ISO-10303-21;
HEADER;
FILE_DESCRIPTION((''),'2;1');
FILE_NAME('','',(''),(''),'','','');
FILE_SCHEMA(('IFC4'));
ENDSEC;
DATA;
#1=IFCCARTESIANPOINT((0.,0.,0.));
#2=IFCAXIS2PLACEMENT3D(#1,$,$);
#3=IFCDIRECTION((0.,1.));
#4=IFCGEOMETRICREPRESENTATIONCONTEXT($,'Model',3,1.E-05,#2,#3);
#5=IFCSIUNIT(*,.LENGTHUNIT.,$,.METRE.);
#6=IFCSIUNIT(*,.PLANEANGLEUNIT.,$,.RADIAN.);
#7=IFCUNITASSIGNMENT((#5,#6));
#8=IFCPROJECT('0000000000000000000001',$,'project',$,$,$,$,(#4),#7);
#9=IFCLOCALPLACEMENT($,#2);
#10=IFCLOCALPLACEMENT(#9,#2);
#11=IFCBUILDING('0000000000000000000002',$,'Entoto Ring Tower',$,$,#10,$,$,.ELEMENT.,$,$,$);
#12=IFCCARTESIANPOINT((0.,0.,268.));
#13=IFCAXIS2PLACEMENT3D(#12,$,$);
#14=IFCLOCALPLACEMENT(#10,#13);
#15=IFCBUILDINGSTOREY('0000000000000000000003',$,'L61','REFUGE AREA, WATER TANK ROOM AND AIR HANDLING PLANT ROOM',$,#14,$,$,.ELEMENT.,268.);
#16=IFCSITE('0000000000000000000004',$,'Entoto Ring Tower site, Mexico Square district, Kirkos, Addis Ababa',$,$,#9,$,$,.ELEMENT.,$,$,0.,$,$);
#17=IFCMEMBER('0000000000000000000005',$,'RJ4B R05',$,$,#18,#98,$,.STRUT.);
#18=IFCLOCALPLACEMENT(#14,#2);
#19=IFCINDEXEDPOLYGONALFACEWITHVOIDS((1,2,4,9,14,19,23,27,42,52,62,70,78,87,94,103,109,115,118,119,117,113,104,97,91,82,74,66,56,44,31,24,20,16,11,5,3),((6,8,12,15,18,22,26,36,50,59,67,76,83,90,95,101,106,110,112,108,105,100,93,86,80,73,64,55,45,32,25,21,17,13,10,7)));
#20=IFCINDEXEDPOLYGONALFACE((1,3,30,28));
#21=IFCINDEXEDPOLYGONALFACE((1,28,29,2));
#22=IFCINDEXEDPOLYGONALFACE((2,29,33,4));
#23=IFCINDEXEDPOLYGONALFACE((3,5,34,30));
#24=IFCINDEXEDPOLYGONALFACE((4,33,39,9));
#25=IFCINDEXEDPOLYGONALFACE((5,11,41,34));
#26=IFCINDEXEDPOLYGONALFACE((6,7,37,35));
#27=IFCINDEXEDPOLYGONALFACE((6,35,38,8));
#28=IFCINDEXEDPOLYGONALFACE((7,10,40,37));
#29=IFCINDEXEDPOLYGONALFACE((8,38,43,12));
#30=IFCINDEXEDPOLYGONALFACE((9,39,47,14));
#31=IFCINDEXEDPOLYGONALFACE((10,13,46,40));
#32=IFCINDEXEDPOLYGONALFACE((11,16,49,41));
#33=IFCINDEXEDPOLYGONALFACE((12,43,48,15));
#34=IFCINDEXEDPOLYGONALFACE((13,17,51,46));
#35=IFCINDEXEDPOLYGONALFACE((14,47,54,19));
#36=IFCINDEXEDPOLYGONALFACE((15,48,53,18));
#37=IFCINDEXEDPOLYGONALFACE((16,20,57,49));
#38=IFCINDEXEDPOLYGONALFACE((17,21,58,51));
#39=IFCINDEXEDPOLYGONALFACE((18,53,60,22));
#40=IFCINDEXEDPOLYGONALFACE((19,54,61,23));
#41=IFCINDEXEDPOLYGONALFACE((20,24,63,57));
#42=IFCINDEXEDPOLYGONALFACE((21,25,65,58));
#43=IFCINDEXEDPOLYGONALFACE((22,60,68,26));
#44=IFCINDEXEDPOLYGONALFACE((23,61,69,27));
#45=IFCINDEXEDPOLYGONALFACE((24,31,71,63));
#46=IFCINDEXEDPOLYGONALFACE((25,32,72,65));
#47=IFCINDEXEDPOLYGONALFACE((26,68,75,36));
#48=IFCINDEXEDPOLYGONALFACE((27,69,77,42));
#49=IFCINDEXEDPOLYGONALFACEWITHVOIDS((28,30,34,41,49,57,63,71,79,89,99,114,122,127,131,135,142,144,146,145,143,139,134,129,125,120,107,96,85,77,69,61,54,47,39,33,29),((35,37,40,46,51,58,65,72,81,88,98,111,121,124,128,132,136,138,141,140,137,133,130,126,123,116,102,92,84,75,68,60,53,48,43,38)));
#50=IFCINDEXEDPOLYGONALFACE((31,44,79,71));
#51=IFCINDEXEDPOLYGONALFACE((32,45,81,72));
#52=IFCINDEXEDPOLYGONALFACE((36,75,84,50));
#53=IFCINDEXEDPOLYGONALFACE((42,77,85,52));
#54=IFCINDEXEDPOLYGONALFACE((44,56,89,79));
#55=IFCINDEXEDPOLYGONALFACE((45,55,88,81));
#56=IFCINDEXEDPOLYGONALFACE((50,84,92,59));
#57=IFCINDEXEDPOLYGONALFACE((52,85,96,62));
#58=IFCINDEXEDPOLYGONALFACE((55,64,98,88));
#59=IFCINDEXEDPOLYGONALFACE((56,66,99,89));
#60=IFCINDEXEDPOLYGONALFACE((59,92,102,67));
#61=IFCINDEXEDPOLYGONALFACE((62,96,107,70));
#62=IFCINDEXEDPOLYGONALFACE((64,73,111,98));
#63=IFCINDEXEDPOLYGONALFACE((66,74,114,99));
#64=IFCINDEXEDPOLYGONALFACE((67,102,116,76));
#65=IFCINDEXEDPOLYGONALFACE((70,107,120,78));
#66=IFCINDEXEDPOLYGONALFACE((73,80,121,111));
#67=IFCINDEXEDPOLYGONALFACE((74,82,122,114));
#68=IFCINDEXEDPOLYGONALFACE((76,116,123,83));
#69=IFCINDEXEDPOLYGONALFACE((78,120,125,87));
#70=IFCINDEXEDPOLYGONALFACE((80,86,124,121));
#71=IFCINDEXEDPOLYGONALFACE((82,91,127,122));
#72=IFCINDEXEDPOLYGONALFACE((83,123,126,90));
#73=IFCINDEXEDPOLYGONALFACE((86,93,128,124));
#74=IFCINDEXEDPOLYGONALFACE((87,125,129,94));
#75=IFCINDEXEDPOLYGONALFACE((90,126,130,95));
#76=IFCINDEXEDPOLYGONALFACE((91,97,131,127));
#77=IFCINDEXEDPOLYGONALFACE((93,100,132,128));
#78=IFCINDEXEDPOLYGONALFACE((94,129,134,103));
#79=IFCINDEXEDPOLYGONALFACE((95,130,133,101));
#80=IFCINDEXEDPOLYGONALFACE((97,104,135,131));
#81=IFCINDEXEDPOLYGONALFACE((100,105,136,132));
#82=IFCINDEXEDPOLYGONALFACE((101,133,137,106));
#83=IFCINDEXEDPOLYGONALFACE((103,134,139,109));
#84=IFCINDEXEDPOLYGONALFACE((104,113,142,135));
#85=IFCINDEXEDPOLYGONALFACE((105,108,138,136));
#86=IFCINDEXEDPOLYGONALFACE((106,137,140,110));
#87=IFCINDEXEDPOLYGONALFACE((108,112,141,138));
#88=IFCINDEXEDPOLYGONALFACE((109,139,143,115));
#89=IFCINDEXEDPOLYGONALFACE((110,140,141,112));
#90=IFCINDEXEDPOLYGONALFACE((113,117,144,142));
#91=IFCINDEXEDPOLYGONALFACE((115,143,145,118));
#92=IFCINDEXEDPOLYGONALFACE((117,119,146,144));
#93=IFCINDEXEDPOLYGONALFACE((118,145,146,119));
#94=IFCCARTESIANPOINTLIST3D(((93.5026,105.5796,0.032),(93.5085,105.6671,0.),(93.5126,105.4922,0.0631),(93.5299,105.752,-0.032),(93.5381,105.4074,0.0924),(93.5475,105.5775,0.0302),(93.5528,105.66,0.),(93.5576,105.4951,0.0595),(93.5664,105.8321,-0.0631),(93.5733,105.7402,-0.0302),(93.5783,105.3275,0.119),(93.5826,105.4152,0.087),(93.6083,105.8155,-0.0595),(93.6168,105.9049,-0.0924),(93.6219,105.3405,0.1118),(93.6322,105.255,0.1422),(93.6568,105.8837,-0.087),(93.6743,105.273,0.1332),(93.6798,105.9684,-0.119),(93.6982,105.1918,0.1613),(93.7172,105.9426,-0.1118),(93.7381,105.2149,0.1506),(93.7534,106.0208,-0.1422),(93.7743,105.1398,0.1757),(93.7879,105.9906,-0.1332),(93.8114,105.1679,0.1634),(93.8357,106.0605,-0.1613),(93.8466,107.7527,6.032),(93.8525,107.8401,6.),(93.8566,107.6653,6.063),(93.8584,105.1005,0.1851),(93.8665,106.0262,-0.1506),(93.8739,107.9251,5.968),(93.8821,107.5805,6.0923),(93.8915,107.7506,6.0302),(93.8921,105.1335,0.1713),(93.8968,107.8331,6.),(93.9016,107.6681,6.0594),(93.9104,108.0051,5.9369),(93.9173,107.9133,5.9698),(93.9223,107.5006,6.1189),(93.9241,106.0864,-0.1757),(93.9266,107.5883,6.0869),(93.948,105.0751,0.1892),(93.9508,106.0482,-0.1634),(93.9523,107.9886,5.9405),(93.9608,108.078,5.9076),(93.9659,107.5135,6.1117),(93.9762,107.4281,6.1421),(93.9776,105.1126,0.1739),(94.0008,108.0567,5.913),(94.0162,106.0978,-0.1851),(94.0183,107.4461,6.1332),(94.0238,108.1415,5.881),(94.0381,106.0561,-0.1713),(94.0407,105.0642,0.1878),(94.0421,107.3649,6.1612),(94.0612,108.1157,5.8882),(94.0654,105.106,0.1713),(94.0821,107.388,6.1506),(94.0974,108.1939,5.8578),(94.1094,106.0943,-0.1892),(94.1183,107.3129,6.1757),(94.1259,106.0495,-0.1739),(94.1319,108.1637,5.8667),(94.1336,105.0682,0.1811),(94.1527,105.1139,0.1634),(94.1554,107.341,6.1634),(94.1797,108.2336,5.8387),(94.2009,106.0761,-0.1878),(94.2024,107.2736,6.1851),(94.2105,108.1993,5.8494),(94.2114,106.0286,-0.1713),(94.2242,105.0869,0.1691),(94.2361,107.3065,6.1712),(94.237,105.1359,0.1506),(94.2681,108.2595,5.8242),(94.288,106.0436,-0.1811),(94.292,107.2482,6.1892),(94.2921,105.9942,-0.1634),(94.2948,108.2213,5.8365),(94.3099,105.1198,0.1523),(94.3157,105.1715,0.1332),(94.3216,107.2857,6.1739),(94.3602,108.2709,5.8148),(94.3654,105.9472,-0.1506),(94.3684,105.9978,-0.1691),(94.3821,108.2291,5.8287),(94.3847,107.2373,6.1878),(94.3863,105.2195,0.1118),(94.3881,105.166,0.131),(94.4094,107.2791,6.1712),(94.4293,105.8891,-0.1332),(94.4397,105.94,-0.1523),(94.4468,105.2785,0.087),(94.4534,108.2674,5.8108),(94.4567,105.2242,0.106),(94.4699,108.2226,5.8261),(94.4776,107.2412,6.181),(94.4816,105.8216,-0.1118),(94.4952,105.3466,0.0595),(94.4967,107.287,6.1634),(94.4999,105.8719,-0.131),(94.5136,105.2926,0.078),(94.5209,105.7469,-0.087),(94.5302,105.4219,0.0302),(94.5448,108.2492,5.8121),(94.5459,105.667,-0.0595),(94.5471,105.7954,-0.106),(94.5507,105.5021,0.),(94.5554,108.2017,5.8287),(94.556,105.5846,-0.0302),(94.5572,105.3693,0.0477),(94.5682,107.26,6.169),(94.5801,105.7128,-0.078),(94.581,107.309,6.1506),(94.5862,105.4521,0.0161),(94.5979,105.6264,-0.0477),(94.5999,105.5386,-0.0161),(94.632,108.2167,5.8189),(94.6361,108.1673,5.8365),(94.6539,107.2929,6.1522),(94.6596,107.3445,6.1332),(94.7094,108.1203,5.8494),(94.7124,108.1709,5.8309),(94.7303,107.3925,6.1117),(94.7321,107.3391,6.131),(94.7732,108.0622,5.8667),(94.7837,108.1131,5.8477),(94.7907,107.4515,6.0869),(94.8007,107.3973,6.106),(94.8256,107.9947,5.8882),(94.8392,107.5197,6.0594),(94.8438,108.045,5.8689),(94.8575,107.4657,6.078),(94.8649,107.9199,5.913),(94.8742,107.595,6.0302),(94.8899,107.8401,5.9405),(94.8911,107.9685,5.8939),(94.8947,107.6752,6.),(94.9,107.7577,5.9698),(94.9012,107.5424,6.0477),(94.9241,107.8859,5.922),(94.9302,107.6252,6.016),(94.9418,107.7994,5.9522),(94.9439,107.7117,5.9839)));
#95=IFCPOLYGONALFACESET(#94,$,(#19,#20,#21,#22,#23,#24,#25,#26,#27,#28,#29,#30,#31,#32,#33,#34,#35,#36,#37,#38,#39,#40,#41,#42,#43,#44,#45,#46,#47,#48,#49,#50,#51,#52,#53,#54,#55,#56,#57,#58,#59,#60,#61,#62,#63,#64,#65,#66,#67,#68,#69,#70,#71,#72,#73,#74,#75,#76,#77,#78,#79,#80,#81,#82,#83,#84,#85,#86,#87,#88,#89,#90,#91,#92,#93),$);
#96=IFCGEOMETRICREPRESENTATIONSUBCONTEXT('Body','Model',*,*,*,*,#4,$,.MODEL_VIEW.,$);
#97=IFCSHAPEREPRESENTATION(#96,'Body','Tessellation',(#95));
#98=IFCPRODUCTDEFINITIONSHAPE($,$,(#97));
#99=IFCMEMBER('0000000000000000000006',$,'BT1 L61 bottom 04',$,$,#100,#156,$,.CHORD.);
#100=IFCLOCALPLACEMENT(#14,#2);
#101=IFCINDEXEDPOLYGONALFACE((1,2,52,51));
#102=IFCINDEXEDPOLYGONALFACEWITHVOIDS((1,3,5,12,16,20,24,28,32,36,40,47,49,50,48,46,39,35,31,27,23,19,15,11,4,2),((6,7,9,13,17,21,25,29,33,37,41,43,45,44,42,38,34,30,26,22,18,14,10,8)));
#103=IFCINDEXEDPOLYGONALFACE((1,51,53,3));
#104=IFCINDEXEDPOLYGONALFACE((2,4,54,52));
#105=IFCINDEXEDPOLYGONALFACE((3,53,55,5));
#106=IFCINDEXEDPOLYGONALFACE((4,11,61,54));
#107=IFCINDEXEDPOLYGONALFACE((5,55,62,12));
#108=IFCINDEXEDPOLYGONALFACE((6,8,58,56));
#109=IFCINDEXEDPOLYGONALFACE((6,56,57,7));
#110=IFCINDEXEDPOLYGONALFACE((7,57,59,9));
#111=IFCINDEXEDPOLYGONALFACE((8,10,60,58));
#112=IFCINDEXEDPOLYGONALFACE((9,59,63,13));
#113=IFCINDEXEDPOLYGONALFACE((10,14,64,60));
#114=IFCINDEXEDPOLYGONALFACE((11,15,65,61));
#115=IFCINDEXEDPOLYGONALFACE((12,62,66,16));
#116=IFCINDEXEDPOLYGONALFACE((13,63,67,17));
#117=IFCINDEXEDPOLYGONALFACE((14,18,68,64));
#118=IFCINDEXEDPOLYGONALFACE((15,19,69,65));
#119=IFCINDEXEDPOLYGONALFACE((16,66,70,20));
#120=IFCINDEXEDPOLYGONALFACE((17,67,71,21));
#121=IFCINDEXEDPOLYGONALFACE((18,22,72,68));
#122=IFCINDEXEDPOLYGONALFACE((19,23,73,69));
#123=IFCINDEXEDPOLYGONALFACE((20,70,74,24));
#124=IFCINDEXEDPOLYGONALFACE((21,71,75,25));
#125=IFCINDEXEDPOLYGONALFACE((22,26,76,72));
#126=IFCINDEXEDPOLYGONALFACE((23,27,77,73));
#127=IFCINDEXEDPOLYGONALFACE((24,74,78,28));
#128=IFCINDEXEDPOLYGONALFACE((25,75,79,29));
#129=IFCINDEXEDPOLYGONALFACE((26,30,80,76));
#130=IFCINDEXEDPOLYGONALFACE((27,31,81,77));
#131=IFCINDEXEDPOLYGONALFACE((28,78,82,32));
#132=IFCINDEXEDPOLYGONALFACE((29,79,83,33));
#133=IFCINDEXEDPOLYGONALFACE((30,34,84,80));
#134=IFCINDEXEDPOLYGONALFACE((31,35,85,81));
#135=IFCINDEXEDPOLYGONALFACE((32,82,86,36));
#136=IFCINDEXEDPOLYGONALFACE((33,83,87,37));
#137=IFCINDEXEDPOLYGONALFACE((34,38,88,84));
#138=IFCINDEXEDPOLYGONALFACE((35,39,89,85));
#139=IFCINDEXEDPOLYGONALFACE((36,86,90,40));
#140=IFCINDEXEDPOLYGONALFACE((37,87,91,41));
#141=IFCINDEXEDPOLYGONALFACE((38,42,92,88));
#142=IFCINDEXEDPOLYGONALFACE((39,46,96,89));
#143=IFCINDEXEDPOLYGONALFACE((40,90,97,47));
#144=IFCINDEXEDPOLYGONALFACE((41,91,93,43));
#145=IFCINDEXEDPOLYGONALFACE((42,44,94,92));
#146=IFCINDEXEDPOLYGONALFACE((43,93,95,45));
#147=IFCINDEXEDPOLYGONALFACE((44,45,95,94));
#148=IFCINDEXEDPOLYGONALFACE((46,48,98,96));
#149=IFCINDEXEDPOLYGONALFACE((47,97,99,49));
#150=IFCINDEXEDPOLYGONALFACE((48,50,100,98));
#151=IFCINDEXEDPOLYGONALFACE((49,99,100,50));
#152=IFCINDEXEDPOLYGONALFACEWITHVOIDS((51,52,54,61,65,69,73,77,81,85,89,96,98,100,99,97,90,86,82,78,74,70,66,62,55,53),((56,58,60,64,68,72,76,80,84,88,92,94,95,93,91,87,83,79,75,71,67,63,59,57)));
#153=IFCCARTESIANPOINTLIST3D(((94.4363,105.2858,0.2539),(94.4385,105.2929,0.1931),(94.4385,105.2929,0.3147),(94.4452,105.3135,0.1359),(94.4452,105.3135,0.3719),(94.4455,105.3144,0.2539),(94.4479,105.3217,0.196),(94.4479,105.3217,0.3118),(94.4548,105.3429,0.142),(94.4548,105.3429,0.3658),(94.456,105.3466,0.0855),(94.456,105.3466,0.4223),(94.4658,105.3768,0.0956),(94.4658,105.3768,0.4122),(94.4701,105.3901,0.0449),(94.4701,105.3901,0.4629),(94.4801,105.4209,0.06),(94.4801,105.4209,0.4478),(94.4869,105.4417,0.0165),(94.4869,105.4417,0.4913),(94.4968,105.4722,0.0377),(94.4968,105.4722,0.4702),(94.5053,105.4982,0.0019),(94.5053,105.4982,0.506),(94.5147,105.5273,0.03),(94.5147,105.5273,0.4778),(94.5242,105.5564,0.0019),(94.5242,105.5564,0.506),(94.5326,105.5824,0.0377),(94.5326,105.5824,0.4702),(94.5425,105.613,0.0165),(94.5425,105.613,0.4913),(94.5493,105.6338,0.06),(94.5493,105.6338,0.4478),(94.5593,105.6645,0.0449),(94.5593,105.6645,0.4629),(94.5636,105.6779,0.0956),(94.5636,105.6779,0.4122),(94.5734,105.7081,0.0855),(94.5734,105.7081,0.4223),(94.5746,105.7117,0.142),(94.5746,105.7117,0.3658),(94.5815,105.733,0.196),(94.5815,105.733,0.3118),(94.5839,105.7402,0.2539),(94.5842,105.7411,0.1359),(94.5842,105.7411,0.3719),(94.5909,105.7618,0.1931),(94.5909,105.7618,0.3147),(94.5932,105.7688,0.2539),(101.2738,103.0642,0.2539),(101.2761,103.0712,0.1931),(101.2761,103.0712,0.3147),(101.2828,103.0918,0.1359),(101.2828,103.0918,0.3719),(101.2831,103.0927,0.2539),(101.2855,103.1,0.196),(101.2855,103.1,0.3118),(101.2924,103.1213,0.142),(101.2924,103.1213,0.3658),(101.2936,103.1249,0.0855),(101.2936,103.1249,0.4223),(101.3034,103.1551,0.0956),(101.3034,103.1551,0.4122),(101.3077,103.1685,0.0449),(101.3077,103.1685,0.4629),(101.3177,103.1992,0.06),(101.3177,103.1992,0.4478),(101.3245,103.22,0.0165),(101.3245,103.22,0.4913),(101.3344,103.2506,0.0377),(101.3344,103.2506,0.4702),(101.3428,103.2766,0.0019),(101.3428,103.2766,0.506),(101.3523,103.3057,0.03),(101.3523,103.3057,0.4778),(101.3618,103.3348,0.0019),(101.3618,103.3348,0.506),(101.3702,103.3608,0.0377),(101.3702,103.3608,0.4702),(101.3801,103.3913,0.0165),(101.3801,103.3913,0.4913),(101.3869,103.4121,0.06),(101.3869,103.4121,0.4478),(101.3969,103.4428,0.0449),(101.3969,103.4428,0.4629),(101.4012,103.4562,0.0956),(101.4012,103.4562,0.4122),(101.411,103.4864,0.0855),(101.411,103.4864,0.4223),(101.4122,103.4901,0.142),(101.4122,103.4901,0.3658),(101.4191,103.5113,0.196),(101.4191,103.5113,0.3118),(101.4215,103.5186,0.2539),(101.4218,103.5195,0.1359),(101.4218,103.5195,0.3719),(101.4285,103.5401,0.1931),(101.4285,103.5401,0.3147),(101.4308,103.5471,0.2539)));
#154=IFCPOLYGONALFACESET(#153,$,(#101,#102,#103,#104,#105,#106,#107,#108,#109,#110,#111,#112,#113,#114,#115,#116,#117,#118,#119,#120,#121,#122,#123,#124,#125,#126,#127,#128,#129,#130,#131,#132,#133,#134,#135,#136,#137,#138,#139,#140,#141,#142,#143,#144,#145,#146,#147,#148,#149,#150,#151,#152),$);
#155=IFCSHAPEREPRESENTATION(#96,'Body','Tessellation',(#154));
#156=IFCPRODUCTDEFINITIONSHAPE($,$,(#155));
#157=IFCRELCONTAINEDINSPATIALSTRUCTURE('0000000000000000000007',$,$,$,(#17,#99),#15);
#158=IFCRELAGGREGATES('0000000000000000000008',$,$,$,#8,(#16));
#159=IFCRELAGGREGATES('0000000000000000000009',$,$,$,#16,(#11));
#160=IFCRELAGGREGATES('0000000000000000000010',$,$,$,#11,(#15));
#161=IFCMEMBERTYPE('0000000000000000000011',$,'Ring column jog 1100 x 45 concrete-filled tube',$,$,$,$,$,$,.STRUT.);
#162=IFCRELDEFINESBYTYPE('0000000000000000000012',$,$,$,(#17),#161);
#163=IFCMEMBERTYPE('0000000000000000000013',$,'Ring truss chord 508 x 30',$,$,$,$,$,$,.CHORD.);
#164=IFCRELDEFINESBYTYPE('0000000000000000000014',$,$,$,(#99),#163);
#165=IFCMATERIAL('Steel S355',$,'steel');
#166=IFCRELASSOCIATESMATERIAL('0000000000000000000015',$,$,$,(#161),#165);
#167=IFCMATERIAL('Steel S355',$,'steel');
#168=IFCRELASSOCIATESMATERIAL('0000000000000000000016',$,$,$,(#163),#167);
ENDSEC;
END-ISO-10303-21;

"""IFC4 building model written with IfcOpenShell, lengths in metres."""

from ifc_helpers import new_model, si_unit, direction, frame, origin, origin_2d, place, context, subcontext, project, spatial, circle, hollow_circle, extrude, material, material_profile, profile_set, type_object, element, save


model = new_model("IFC4")

# Units and contexts
model_context = context("Model", 3, precision=1e-05, world=origin(), true_north=direction((0.0, 1.0)))
body_context = subcontext(model_context, "Body", "Model", "MODEL_VIEW")
ifc_project = project(units=[si_unit("LENGTHUNIT", "METRE"), si_unit("PLANEANGLEUNIT", "RADIAN")], contexts=[model_context])

# Site, building, storey
site_placement = place(None, origin())
site = spatial("IfcSite", under=ifc_project, at=site_placement, Name="Entoto Ring Tower site, Mexico Square district, Kirkos, Addis Ababa", CompositionType="ELEMENT", RefElevation=0.0)
building_placement = place(site_placement, origin())
building = spatial("IfcBuilding", under=site, at=building_placement, Name="Entoto Ring Tower", CompositionType="ELEMENT")
storey_placement = place(building_placement, frame((0.0, 0.0, 268.0)))
storey = spatial("IfcBuildingStorey", under=building, at=storey_placement, Name="L61", Description="REFUGE AREA, WATER TANK ROOM AND AIR HANDLING PLANT ROOM", CompositionType="ELEMENT", Elevation=268.0)

# Members
ifc_material_1 = material(Name="Steel S355", Category="steel")
ifc_material_profile_1 = material_profile(ifc_material_1, hollow_circle(Radius=0.55, WallThickness=0.0449, at=origin_2d()), Name="CHS 1100 x 45")
ifc_material_2 = material(Name="Concrete C60/75", Category="concrete")
ifc_material_profile_2 = material_profile(ifc_material_2, circle(Radius=0.5049, at=origin_2d()), Name="Concrete C60/75 infill")
ifc_profile_set_1 = profile_set([ifc_material_profile_1, ifc_material_profile_2], Name="Steel S355")
member_type_1 = type_object("IfcMemberType", Name="Ring column jog 1100 x 45 concrete-filled tube", PredefinedType="STRUT", material=ifc_profile_set_1)
for number, where, z_axis, x_axis, name in (
    (1, (94.0518, 105.5811, 0.0), (0.053828, 0.340042, 0.938869), (-0.987702, 0.15635, 0.0), "RJ4B R05"),
):
    element("IfcMember", number, at=place(storey_placement, frame(where, z_axis=z_axis, x_axis=x_axis)), inside=storey, type_object=member_type_1, Name=name, PredefinedType="STRUT", context=body_context, shape_type="SweptSolid", body=[
        extrude(hollow_circle(Radius=0.55, WallThickness=0.0449, at=origin_2d()), origin(), (0.0, 0.0, 1.0), 6.3906),
    ])
ifc_material_3 = material(Name="Steel S355", Category="steel")
ifc_material_profile_3 = material_profile(ifc_material_3, hollow_circle(Radius=0.2539, WallThickness=0.03, at=origin_2d()), Name="CHS 508 x 30")
ifc_material_4 = material(Name="Concrete C60/75", Category="concrete")
ifc_material_profile_4 = material_profile(ifc_material_4, circle(Radius=0.2241, at=origin_2d()), Name="Concrete C60/75 infill")
ifc_profile_set_2 = profile_set([ifc_material_profile_3, ifc_material_profile_4], Name="Steel S355")
member_type_2 = type_object("IfcMemberType", Name="Ring truss chord 508 x 30", PredefinedType="CHORD", material=ifc_profile_set_2)
member_1_placement = place(storey_placement, frame((101.3523, 103.3057, 0.2539), z_axis=(-0.951057, 0.309016, 0.0), x_axis=(-0.309016, -0.951057, 0.0)))
element("IfcMember", 2, at=member_1_placement, inside=storey, type_object=member_type_2, Name="BT1 L61 bottom 04", PredefinedType="CHORD", context=body_context, shape_type="SweptSolid", body=[
    extrude(hollow_circle(Radius=0.2539, WallThickness=0.03, at=origin_2d()), origin(), (0.0, 0.0, 1.0), 7.1895),
])

save(model, "model.ifc")
